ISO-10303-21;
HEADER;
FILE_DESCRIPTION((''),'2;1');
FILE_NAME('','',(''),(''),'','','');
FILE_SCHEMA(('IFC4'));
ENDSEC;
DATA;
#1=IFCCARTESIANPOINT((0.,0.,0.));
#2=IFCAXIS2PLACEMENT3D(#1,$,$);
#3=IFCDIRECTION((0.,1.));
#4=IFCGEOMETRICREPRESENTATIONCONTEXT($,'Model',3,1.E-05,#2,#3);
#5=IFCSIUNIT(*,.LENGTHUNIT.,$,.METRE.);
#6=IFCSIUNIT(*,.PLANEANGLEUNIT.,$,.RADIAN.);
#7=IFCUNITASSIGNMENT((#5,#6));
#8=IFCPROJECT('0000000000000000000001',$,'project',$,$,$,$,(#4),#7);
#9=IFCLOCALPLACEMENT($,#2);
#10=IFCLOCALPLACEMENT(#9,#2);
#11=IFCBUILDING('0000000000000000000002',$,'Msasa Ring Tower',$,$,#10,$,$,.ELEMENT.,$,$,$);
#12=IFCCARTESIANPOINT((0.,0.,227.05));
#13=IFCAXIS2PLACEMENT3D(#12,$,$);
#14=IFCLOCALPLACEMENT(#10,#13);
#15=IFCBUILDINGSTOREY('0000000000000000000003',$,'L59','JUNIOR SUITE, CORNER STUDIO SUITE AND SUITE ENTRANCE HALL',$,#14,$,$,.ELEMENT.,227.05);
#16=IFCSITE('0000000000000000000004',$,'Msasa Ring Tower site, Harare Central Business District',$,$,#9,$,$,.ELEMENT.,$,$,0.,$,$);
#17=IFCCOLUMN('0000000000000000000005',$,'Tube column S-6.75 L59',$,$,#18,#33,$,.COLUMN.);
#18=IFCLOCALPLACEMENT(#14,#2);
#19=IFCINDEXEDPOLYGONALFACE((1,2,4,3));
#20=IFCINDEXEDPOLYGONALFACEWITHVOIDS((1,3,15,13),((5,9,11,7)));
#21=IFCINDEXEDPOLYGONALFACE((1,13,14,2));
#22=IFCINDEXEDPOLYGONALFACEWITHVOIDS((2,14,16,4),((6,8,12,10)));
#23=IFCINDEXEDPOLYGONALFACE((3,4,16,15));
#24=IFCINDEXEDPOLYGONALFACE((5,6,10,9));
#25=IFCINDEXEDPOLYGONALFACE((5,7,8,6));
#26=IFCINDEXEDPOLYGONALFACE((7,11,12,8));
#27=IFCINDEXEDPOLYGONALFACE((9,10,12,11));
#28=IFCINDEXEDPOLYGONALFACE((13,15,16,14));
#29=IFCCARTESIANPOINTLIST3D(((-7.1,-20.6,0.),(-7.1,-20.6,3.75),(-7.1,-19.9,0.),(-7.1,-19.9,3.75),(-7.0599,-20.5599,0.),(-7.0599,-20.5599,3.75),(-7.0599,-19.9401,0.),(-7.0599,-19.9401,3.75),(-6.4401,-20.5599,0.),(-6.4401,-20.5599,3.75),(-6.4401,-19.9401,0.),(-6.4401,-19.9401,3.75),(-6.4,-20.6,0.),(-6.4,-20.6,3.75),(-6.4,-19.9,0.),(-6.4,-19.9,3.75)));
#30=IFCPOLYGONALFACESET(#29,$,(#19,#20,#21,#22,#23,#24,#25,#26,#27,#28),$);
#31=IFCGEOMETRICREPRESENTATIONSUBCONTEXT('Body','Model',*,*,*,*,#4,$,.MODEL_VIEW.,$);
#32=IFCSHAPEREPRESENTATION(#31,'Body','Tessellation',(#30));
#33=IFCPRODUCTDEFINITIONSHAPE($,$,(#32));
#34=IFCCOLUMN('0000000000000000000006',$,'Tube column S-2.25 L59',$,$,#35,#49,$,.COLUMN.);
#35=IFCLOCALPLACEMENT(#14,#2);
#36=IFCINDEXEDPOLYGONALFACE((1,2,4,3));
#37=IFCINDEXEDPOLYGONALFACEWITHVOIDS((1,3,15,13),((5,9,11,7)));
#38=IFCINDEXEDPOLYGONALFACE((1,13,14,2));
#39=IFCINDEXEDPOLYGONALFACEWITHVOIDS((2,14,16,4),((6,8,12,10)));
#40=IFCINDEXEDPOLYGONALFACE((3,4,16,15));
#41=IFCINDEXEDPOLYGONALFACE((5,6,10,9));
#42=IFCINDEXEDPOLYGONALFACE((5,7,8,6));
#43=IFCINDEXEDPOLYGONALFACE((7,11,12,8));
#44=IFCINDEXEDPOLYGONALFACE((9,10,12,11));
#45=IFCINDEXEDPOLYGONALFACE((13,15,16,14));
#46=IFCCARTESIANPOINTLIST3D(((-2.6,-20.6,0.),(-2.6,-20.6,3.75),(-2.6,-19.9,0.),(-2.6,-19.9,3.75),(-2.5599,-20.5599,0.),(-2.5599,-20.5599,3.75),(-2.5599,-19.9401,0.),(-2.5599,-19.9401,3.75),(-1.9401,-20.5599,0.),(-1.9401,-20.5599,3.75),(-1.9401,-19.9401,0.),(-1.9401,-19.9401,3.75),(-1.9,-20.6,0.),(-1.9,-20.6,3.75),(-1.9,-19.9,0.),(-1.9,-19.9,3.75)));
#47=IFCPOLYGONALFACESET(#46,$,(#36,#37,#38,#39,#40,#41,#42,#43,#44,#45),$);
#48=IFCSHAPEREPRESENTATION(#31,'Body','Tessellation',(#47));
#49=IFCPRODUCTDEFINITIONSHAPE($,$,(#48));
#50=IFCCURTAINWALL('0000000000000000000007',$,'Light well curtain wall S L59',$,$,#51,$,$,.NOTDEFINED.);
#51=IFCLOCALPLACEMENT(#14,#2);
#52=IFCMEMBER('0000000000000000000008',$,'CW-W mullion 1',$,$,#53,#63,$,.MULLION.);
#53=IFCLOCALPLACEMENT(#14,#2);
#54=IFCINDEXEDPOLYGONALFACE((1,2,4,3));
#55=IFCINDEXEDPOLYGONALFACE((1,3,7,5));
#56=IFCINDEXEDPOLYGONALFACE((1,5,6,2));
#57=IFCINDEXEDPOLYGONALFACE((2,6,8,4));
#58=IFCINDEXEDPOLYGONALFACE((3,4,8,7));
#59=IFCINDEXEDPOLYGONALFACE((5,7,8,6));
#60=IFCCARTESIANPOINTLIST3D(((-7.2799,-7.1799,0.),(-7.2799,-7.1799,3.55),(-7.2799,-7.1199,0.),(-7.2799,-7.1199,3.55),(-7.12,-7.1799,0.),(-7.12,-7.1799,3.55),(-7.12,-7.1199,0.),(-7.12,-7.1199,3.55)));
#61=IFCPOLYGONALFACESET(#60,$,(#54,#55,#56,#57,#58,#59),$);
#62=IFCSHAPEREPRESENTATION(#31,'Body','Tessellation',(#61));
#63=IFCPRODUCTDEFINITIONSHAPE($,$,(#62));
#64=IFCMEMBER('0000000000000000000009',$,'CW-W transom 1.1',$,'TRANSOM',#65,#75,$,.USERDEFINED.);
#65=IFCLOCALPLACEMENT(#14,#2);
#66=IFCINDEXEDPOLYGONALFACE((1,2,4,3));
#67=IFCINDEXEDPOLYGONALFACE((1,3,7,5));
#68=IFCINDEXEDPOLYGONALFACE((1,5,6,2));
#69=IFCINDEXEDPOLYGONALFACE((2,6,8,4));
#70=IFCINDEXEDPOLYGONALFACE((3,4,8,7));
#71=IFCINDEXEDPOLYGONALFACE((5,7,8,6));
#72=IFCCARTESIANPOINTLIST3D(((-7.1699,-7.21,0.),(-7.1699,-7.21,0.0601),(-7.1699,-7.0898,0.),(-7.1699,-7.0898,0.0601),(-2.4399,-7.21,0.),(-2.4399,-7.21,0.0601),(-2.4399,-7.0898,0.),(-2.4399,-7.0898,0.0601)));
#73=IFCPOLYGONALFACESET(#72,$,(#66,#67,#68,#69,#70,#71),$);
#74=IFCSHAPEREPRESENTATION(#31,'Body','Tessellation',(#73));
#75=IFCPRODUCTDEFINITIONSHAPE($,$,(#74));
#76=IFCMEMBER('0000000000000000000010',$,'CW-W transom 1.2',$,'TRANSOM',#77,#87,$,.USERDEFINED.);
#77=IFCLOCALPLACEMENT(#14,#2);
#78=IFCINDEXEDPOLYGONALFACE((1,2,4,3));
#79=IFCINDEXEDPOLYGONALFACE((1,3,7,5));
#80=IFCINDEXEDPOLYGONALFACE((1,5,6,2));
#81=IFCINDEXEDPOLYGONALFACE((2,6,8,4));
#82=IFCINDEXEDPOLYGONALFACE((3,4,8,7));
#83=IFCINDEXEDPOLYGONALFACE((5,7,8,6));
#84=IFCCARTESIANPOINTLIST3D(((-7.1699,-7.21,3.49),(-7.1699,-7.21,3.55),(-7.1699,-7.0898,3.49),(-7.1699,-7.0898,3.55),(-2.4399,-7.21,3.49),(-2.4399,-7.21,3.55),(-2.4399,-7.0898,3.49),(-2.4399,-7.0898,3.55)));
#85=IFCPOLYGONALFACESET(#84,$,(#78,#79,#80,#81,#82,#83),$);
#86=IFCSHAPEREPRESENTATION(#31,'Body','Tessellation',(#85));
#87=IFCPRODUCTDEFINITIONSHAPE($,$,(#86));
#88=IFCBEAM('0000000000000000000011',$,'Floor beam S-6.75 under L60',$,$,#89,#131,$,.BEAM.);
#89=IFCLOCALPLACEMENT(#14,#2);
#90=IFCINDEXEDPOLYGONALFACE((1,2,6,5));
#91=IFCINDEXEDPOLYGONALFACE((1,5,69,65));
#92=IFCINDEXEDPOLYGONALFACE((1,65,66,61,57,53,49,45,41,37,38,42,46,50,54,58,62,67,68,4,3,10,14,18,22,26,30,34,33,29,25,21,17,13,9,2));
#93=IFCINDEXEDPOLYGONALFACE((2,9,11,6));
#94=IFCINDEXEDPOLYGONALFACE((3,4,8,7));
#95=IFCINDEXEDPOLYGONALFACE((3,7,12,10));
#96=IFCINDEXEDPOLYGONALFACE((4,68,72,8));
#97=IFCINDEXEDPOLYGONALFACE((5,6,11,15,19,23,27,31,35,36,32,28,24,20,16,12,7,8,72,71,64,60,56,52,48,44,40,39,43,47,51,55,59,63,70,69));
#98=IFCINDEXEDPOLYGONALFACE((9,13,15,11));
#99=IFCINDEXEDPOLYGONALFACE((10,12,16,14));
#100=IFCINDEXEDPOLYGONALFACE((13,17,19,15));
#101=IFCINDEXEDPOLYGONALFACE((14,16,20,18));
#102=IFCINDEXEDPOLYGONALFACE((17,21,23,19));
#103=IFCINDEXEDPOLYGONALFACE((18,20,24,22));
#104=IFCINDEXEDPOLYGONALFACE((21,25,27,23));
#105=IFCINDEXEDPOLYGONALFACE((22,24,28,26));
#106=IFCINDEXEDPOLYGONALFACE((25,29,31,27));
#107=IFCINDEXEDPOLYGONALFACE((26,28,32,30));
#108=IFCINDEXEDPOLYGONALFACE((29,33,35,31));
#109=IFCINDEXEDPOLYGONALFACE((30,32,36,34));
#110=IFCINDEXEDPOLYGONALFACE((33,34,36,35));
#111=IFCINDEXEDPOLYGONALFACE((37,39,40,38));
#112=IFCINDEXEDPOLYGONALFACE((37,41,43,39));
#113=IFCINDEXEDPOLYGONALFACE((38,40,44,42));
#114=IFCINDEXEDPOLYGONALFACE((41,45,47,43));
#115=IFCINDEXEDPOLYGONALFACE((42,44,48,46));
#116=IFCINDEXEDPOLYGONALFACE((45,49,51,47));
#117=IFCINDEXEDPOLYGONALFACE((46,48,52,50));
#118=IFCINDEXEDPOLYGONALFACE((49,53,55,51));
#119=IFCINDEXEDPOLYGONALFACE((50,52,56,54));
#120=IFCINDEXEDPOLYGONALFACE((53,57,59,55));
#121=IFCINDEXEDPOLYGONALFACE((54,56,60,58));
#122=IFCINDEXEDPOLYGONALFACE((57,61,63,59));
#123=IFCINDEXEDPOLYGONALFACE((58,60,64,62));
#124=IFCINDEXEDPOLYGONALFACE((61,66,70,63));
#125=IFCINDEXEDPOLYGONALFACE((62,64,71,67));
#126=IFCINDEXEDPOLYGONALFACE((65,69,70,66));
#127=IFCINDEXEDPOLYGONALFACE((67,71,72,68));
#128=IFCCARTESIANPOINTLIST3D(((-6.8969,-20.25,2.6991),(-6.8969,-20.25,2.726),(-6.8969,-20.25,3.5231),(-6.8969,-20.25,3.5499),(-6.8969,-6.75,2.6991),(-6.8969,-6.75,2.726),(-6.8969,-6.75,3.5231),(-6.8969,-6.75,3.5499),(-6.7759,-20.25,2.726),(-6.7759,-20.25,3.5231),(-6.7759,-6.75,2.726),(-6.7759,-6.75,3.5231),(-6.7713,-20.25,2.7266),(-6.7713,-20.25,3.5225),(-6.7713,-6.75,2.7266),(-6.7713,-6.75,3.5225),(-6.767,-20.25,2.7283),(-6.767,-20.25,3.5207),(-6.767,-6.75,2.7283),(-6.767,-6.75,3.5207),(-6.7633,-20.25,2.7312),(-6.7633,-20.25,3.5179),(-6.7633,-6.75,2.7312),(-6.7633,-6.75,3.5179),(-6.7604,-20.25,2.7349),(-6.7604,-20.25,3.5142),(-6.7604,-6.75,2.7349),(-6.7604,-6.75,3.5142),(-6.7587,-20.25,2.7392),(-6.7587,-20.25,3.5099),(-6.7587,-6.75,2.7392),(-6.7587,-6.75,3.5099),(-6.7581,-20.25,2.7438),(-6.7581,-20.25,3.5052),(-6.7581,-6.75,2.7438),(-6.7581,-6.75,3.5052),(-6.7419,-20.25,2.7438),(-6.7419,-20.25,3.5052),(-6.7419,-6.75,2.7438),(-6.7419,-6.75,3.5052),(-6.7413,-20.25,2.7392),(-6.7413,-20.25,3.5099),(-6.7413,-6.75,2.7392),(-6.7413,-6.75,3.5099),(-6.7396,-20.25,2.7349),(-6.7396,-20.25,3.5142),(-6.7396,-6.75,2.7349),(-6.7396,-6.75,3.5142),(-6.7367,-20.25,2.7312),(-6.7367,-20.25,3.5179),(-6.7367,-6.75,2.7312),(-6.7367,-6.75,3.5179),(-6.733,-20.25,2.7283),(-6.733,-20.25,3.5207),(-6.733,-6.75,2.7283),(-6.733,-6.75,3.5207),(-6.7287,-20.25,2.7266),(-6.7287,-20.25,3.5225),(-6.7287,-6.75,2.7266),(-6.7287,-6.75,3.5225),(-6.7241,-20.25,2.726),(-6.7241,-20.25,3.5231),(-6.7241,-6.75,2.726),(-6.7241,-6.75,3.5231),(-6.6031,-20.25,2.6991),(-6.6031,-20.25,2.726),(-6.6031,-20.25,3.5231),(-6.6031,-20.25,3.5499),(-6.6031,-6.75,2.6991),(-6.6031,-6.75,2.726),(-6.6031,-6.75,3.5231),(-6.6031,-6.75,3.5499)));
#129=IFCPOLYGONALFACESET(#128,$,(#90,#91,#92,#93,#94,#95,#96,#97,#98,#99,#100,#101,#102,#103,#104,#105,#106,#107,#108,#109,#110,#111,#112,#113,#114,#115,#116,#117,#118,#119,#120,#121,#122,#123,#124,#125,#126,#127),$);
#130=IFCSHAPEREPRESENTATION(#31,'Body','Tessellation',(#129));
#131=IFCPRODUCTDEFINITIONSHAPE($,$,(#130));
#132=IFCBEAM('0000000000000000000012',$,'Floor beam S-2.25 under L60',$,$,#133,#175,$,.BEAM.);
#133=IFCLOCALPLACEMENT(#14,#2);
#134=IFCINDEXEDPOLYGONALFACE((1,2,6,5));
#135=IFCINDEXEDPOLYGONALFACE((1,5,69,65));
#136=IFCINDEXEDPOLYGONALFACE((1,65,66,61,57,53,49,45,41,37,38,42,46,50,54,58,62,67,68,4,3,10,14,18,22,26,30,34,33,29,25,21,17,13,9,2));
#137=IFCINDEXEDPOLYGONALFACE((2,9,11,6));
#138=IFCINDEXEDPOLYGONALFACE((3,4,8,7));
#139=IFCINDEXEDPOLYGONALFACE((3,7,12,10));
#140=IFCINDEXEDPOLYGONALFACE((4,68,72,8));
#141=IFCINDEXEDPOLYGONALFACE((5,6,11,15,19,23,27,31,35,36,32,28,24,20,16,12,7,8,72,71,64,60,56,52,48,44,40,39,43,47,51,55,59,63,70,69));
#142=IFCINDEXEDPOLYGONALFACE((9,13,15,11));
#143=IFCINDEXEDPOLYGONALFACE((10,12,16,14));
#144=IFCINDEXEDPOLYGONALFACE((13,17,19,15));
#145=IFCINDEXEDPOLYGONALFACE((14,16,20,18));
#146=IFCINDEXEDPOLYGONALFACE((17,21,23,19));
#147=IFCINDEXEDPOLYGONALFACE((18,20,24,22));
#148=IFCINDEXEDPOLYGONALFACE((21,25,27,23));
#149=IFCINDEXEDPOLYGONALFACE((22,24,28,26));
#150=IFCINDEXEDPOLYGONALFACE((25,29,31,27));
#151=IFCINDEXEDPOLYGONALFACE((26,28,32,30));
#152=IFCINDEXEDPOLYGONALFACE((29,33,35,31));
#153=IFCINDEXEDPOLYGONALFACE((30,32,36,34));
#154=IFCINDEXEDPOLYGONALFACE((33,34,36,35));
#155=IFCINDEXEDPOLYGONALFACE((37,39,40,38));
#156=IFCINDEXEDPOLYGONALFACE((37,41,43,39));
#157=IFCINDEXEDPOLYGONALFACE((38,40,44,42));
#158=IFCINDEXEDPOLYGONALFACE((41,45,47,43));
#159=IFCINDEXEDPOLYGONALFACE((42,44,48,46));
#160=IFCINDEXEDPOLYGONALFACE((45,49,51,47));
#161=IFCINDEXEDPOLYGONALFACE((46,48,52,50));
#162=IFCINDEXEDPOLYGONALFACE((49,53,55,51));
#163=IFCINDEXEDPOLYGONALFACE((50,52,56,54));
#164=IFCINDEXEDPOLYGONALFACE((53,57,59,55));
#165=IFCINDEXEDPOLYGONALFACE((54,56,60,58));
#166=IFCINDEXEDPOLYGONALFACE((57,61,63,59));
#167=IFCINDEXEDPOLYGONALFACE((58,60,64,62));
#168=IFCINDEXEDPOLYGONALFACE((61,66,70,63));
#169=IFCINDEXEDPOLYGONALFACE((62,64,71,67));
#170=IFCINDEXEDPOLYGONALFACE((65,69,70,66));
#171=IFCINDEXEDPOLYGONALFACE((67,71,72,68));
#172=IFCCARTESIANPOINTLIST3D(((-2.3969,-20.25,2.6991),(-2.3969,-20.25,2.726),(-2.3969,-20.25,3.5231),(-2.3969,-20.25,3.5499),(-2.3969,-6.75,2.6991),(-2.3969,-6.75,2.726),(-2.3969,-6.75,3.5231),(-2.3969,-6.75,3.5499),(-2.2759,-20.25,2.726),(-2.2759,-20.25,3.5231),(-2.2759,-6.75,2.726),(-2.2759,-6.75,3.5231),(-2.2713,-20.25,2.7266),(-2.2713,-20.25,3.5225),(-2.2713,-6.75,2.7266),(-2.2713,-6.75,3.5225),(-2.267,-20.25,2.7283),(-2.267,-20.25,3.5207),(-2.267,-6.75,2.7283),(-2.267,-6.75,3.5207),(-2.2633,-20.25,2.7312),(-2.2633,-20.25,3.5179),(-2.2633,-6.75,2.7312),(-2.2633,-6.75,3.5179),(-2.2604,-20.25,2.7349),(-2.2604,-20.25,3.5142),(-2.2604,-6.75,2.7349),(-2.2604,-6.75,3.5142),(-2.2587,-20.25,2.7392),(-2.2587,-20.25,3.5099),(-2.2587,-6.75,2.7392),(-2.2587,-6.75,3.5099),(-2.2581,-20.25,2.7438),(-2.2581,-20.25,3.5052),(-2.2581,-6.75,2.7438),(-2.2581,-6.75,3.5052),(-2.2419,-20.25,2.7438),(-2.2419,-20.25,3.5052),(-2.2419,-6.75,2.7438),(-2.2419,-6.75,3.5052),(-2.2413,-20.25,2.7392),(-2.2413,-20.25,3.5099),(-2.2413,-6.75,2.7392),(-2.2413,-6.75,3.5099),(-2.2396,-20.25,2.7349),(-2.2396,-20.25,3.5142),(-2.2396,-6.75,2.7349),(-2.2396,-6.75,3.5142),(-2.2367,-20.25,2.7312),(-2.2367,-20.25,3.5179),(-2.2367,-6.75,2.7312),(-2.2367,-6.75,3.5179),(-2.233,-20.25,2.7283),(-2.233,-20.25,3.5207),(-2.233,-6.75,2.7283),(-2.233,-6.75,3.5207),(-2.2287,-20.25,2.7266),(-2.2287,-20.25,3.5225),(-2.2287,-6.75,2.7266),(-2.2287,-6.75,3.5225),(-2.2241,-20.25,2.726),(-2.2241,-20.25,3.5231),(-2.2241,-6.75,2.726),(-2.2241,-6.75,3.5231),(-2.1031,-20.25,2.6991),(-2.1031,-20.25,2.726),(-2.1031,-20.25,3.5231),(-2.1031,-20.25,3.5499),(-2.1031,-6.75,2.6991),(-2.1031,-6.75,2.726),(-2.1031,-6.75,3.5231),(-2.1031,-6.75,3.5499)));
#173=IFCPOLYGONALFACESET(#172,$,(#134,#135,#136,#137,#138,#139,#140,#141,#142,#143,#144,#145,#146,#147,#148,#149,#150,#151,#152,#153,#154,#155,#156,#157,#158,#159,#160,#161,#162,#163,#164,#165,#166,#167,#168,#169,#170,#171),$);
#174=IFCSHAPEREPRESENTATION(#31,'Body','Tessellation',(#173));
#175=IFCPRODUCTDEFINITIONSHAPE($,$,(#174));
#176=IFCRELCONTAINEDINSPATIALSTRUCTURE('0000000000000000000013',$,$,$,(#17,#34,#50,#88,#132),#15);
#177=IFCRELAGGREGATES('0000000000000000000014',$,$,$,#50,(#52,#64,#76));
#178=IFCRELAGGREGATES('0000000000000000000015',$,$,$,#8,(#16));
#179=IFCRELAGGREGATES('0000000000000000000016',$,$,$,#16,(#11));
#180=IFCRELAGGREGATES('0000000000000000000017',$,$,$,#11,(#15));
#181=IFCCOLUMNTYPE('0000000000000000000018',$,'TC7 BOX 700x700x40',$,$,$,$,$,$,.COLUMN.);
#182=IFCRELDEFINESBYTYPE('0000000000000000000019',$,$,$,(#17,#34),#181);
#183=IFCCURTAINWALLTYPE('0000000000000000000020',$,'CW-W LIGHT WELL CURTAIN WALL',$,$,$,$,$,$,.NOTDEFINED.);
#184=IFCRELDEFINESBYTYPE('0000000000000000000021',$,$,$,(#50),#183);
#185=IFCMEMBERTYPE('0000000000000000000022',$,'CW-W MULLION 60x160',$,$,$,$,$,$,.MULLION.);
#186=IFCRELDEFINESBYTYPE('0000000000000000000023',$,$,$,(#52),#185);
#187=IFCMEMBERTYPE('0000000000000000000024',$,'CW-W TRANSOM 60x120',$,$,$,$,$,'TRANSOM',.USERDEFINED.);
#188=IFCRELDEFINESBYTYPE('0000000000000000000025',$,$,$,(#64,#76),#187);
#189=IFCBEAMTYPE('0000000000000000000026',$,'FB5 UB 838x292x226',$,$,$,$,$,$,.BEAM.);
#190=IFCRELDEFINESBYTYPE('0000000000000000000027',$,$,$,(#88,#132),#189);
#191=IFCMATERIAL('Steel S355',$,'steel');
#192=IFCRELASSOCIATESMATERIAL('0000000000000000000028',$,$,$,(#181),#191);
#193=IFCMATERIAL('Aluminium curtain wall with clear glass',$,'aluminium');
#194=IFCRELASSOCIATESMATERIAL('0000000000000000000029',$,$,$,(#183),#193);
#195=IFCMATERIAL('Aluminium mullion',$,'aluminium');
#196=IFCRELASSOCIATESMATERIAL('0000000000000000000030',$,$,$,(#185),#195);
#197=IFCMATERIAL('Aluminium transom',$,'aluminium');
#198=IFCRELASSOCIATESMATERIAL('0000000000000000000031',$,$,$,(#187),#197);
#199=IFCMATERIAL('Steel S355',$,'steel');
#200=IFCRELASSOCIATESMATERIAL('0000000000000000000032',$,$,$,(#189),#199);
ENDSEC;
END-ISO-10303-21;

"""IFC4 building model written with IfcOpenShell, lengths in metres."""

from ifc_helpers import new_model, si_unit, direction, frame, origin, origin_2d, place, context, subcontext, project, spatial, rectangle, hollow_rectangle, i_section, extrude, material, material_profile, profile_set, type_object, element, aggregate, save


model = new_model("IFC4")

# Units and contexts
model_context = context("Model", 3, precision=1e-05, world=origin(), true_north=direction((0.0, 1.0)))
body_context = subcontext(model_context, "Body", "Model", "MODEL_VIEW")
ifc_project = project(units=[si_unit("LENGTHUNIT", "METRE"), si_unit("PLANEANGLEUNIT", "RADIAN")], contexts=[model_context])

# Site, building, storey
site_placement = place(None, origin())
site = spatial("IfcSite", under=ifc_project, at=site_placement, Name="Msasa Ring Tower site, Harare Central Business District", CompositionType="ELEMENT", RefElevation=0.0)
building_placement = place(site_placement, origin())
building = spatial("IfcBuilding", under=site, at=building_placement, Name="Msasa Ring Tower", CompositionType="ELEMENT")
storey_placement = place(building_placement, frame((0.0, 0.0, 227.05)))
storey = spatial("IfcBuildingStorey", under=building, at=storey_placement, Name="L59", Description="JUNIOR SUITE, CORNER STUDIO SUITE AND SUITE ENTRANCE HALL", CompositionType="ELEMENT", Elevation=227.05)

# Columns
ifc_material_1 = material(Name="Steel S355", Category="steel")
ifc_material_profile_1 = material_profile(ifc_material_1, hollow_rectangle(XDim=0.7, YDim=0.7, WallThickness=0.04, at=origin_2d()), Name="BOX 700x700x40")
ifc_profile_set_1 = profile_set([ifc_material_profile_1], Name="Steel S355")
column_type = type_object("IfcColumnType", Name="TC7 BOX 700x700x40", PredefinedType="COLUMN", material=ifc_profile_set_1)
for number, where, z_axis, x_axis, name in (
    (1, (-6.75, -20.25, 0.0), (0.0, 0.0, 1.0), (0.0, 1.0, 0.0), "Tube column S-6.75 L59"),
    (2, (-2.25, -20.25, 0.0), (0.0, 0.0, 1.0), (0.0, 1.0, 0.0), "Tube column S-2.25 L59"),
):
    element("IfcColumn", number, at=place(storey_placement, frame(where, z_axis=z_axis, x_axis=x_axis)), inside=storey, type_object=column_type, Name=name, PredefinedType="COLUMN", context=body_context, shape_type="SweptSolid", body=[
        extrude(hollow_rectangle(XDim=0.7, YDim=0.7, WallThickness=0.04, at=origin_2d()), origin(), (0.0, 0.0, 1.0), 3.75),
    ])

# Curtain wall, members
ifc_material_2 = material(Name="Aluminium curtain wall with clear glass", Category="aluminium")
curtain_wall_type = type_object("IfcCurtainWallType", Name="CW-W LIGHT WELL CURTAIN WALL", PredefinedType="NOTDEFINED", material=ifc_material_2)
curtain_wall_placement = place(storey_placement, origin())
curtain_wall = element("IfcCurtainWall", 3, at=curtain_wall_placement, inside=storey, type_object=curtain_wall_type, Name="Light well curtain wall S L59", PredefinedType="NOTDEFINED")
ifc_material_3 = material(Name="Aluminium mullion", Category="aluminium")
ifc_material_profile_2 = material_profile(ifc_material_3, rectangle(XDim=0.0601, YDim=0.1599, at=origin_2d()), Name="AL 60x160")
ifc_profile_set_2 = profile_set([ifc_material_profile_2], Name="Aluminium mullion")
member_type_1 = type_object("IfcMemberType", Name="CW-W MULLION 60x160", PredefinedType="MULLION", material=ifc_profile_set_2)
member_1_placement = place(storey_placement, frame((-7.2, -7.1499, 0.0), z_axis=(0.0, 0.0, 1.0), x_axis=(0.0, 1.0, 0.0)))
member_1 = element("IfcMember", 4, at=member_1_placement, type_object=member_type_1, Name="CW-W mullion 1", PredefinedType="MULLION", context=body_context, shape_type="SweptSolid", body=[
    extrude(rectangle(XDim=0.0601, YDim=0.1599, at=origin_2d()), origin(), (0.0, 0.0, 1.0), 3.55),
])
ifc_material_4 = material(Name="Aluminium transom", Category="aluminium")
ifc_material_profile_3 = material_profile(ifc_material_4, rectangle(XDim=0.1201, YDim=0.0601, at=origin_2d()), Name="AL 60x120")
ifc_profile_set_3 = profile_set([ifc_material_profile_3], Name="Aluminium transom")
member_type_2 = type_object("IfcMemberType", Name="CW-W TRANSOM 60x120", ElementType="TRANSOM", PredefinedType="USERDEFINED", material=ifc_profile_set_3)
member_2_placement = place(storey_placement, frame((-7.1699, -7.1499, 0.03), z_axis=(1.0, 0.0, 0.0), x_axis=(0.0, 1.0, 0.0)))
member_2 = element("IfcMember", 5, at=member_2_placement, type_object=member_type_2, Name="CW-W transom 1.1", ObjectType="TRANSOM", PredefinedType="USERDEFINED", context=body_context, shape_type="SweptSolid", body=[
    extrude(rectangle(XDim=0.1201, YDim=0.0601, at=origin_2d()), origin(), (0.0, 0.0, 1.0), 4.73),
])
member_3_placement = place(storey_placement, frame((-7.1699, -7.1499, 3.52), z_axis=(1.0, 0.0, 0.0), x_axis=(0.0, 1.0, 0.0)))
member_3 = element("IfcMember", 6, at=member_3_placement, type_object=member_type_2, Name="CW-W transom 1.2", ObjectType="TRANSOM", PredefinedType="USERDEFINED", context=body_context, shape_type="SweptSolid", body=[
    extrude(rectangle(XDim=0.1201, YDim=0.0601, at=origin_2d()), origin(), (0.0, 0.0, 1.0), 4.73),
])

# Beams
ifc_material_5 = material(Name="Steel S355", Category="steel")
ifc_material_profile_4 = material_profile(ifc_material_5, i_section(OverallWidth=0.2937, OverallDepth=0.8508, WebThickness=0.0161, FlangeThickness=0.0269, FilletRadius=0.0178, at=origin_2d()), Name="UB 838x292x226")
ifc_profile_set_4 = profile_set([ifc_material_profile_4], Name="Steel S355")
beam_type_1 = type_object("IfcBeamType", Name="FB5 UB 838x292x226", PredefinedType="BEAM", material=ifc_profile_set_4)
for number, where, z_axis, x_axis, name in (
    (7, (-6.75, -20.25, 3.1245), (0.0, 1.0, 0.0), (-1.0, 0.0, 0.0), "Floor beam S-6.75 under L60"),
    (8, (-2.25, -20.25, 3.1245), (0.0, 1.0, 0.0), (-1.0, 0.0, 0.0), "Floor beam S-2.25 under L60"),
):
    element("IfcBeam", number, at=place(storey_placement, frame(where, z_axis=z_axis, x_axis=x_axis)), inside=storey, type_object=beam_type_1, Name=name, PredefinedType="BEAM", context=body_context, shape_type="SweptSolid", body=[
        extrude(i_section(OverallWidth=0.2937, OverallDepth=0.8508, WebThickness=0.0161, FlangeThickness=0.0269, FilletRadius=0.0178, at=origin_2d()), origin(), (0.0, 0.0, 1.0), 13.5),
    ])

aggregate(curtain_wall, [member_1, member_2, member_3])

save(model, "model.ifc")
